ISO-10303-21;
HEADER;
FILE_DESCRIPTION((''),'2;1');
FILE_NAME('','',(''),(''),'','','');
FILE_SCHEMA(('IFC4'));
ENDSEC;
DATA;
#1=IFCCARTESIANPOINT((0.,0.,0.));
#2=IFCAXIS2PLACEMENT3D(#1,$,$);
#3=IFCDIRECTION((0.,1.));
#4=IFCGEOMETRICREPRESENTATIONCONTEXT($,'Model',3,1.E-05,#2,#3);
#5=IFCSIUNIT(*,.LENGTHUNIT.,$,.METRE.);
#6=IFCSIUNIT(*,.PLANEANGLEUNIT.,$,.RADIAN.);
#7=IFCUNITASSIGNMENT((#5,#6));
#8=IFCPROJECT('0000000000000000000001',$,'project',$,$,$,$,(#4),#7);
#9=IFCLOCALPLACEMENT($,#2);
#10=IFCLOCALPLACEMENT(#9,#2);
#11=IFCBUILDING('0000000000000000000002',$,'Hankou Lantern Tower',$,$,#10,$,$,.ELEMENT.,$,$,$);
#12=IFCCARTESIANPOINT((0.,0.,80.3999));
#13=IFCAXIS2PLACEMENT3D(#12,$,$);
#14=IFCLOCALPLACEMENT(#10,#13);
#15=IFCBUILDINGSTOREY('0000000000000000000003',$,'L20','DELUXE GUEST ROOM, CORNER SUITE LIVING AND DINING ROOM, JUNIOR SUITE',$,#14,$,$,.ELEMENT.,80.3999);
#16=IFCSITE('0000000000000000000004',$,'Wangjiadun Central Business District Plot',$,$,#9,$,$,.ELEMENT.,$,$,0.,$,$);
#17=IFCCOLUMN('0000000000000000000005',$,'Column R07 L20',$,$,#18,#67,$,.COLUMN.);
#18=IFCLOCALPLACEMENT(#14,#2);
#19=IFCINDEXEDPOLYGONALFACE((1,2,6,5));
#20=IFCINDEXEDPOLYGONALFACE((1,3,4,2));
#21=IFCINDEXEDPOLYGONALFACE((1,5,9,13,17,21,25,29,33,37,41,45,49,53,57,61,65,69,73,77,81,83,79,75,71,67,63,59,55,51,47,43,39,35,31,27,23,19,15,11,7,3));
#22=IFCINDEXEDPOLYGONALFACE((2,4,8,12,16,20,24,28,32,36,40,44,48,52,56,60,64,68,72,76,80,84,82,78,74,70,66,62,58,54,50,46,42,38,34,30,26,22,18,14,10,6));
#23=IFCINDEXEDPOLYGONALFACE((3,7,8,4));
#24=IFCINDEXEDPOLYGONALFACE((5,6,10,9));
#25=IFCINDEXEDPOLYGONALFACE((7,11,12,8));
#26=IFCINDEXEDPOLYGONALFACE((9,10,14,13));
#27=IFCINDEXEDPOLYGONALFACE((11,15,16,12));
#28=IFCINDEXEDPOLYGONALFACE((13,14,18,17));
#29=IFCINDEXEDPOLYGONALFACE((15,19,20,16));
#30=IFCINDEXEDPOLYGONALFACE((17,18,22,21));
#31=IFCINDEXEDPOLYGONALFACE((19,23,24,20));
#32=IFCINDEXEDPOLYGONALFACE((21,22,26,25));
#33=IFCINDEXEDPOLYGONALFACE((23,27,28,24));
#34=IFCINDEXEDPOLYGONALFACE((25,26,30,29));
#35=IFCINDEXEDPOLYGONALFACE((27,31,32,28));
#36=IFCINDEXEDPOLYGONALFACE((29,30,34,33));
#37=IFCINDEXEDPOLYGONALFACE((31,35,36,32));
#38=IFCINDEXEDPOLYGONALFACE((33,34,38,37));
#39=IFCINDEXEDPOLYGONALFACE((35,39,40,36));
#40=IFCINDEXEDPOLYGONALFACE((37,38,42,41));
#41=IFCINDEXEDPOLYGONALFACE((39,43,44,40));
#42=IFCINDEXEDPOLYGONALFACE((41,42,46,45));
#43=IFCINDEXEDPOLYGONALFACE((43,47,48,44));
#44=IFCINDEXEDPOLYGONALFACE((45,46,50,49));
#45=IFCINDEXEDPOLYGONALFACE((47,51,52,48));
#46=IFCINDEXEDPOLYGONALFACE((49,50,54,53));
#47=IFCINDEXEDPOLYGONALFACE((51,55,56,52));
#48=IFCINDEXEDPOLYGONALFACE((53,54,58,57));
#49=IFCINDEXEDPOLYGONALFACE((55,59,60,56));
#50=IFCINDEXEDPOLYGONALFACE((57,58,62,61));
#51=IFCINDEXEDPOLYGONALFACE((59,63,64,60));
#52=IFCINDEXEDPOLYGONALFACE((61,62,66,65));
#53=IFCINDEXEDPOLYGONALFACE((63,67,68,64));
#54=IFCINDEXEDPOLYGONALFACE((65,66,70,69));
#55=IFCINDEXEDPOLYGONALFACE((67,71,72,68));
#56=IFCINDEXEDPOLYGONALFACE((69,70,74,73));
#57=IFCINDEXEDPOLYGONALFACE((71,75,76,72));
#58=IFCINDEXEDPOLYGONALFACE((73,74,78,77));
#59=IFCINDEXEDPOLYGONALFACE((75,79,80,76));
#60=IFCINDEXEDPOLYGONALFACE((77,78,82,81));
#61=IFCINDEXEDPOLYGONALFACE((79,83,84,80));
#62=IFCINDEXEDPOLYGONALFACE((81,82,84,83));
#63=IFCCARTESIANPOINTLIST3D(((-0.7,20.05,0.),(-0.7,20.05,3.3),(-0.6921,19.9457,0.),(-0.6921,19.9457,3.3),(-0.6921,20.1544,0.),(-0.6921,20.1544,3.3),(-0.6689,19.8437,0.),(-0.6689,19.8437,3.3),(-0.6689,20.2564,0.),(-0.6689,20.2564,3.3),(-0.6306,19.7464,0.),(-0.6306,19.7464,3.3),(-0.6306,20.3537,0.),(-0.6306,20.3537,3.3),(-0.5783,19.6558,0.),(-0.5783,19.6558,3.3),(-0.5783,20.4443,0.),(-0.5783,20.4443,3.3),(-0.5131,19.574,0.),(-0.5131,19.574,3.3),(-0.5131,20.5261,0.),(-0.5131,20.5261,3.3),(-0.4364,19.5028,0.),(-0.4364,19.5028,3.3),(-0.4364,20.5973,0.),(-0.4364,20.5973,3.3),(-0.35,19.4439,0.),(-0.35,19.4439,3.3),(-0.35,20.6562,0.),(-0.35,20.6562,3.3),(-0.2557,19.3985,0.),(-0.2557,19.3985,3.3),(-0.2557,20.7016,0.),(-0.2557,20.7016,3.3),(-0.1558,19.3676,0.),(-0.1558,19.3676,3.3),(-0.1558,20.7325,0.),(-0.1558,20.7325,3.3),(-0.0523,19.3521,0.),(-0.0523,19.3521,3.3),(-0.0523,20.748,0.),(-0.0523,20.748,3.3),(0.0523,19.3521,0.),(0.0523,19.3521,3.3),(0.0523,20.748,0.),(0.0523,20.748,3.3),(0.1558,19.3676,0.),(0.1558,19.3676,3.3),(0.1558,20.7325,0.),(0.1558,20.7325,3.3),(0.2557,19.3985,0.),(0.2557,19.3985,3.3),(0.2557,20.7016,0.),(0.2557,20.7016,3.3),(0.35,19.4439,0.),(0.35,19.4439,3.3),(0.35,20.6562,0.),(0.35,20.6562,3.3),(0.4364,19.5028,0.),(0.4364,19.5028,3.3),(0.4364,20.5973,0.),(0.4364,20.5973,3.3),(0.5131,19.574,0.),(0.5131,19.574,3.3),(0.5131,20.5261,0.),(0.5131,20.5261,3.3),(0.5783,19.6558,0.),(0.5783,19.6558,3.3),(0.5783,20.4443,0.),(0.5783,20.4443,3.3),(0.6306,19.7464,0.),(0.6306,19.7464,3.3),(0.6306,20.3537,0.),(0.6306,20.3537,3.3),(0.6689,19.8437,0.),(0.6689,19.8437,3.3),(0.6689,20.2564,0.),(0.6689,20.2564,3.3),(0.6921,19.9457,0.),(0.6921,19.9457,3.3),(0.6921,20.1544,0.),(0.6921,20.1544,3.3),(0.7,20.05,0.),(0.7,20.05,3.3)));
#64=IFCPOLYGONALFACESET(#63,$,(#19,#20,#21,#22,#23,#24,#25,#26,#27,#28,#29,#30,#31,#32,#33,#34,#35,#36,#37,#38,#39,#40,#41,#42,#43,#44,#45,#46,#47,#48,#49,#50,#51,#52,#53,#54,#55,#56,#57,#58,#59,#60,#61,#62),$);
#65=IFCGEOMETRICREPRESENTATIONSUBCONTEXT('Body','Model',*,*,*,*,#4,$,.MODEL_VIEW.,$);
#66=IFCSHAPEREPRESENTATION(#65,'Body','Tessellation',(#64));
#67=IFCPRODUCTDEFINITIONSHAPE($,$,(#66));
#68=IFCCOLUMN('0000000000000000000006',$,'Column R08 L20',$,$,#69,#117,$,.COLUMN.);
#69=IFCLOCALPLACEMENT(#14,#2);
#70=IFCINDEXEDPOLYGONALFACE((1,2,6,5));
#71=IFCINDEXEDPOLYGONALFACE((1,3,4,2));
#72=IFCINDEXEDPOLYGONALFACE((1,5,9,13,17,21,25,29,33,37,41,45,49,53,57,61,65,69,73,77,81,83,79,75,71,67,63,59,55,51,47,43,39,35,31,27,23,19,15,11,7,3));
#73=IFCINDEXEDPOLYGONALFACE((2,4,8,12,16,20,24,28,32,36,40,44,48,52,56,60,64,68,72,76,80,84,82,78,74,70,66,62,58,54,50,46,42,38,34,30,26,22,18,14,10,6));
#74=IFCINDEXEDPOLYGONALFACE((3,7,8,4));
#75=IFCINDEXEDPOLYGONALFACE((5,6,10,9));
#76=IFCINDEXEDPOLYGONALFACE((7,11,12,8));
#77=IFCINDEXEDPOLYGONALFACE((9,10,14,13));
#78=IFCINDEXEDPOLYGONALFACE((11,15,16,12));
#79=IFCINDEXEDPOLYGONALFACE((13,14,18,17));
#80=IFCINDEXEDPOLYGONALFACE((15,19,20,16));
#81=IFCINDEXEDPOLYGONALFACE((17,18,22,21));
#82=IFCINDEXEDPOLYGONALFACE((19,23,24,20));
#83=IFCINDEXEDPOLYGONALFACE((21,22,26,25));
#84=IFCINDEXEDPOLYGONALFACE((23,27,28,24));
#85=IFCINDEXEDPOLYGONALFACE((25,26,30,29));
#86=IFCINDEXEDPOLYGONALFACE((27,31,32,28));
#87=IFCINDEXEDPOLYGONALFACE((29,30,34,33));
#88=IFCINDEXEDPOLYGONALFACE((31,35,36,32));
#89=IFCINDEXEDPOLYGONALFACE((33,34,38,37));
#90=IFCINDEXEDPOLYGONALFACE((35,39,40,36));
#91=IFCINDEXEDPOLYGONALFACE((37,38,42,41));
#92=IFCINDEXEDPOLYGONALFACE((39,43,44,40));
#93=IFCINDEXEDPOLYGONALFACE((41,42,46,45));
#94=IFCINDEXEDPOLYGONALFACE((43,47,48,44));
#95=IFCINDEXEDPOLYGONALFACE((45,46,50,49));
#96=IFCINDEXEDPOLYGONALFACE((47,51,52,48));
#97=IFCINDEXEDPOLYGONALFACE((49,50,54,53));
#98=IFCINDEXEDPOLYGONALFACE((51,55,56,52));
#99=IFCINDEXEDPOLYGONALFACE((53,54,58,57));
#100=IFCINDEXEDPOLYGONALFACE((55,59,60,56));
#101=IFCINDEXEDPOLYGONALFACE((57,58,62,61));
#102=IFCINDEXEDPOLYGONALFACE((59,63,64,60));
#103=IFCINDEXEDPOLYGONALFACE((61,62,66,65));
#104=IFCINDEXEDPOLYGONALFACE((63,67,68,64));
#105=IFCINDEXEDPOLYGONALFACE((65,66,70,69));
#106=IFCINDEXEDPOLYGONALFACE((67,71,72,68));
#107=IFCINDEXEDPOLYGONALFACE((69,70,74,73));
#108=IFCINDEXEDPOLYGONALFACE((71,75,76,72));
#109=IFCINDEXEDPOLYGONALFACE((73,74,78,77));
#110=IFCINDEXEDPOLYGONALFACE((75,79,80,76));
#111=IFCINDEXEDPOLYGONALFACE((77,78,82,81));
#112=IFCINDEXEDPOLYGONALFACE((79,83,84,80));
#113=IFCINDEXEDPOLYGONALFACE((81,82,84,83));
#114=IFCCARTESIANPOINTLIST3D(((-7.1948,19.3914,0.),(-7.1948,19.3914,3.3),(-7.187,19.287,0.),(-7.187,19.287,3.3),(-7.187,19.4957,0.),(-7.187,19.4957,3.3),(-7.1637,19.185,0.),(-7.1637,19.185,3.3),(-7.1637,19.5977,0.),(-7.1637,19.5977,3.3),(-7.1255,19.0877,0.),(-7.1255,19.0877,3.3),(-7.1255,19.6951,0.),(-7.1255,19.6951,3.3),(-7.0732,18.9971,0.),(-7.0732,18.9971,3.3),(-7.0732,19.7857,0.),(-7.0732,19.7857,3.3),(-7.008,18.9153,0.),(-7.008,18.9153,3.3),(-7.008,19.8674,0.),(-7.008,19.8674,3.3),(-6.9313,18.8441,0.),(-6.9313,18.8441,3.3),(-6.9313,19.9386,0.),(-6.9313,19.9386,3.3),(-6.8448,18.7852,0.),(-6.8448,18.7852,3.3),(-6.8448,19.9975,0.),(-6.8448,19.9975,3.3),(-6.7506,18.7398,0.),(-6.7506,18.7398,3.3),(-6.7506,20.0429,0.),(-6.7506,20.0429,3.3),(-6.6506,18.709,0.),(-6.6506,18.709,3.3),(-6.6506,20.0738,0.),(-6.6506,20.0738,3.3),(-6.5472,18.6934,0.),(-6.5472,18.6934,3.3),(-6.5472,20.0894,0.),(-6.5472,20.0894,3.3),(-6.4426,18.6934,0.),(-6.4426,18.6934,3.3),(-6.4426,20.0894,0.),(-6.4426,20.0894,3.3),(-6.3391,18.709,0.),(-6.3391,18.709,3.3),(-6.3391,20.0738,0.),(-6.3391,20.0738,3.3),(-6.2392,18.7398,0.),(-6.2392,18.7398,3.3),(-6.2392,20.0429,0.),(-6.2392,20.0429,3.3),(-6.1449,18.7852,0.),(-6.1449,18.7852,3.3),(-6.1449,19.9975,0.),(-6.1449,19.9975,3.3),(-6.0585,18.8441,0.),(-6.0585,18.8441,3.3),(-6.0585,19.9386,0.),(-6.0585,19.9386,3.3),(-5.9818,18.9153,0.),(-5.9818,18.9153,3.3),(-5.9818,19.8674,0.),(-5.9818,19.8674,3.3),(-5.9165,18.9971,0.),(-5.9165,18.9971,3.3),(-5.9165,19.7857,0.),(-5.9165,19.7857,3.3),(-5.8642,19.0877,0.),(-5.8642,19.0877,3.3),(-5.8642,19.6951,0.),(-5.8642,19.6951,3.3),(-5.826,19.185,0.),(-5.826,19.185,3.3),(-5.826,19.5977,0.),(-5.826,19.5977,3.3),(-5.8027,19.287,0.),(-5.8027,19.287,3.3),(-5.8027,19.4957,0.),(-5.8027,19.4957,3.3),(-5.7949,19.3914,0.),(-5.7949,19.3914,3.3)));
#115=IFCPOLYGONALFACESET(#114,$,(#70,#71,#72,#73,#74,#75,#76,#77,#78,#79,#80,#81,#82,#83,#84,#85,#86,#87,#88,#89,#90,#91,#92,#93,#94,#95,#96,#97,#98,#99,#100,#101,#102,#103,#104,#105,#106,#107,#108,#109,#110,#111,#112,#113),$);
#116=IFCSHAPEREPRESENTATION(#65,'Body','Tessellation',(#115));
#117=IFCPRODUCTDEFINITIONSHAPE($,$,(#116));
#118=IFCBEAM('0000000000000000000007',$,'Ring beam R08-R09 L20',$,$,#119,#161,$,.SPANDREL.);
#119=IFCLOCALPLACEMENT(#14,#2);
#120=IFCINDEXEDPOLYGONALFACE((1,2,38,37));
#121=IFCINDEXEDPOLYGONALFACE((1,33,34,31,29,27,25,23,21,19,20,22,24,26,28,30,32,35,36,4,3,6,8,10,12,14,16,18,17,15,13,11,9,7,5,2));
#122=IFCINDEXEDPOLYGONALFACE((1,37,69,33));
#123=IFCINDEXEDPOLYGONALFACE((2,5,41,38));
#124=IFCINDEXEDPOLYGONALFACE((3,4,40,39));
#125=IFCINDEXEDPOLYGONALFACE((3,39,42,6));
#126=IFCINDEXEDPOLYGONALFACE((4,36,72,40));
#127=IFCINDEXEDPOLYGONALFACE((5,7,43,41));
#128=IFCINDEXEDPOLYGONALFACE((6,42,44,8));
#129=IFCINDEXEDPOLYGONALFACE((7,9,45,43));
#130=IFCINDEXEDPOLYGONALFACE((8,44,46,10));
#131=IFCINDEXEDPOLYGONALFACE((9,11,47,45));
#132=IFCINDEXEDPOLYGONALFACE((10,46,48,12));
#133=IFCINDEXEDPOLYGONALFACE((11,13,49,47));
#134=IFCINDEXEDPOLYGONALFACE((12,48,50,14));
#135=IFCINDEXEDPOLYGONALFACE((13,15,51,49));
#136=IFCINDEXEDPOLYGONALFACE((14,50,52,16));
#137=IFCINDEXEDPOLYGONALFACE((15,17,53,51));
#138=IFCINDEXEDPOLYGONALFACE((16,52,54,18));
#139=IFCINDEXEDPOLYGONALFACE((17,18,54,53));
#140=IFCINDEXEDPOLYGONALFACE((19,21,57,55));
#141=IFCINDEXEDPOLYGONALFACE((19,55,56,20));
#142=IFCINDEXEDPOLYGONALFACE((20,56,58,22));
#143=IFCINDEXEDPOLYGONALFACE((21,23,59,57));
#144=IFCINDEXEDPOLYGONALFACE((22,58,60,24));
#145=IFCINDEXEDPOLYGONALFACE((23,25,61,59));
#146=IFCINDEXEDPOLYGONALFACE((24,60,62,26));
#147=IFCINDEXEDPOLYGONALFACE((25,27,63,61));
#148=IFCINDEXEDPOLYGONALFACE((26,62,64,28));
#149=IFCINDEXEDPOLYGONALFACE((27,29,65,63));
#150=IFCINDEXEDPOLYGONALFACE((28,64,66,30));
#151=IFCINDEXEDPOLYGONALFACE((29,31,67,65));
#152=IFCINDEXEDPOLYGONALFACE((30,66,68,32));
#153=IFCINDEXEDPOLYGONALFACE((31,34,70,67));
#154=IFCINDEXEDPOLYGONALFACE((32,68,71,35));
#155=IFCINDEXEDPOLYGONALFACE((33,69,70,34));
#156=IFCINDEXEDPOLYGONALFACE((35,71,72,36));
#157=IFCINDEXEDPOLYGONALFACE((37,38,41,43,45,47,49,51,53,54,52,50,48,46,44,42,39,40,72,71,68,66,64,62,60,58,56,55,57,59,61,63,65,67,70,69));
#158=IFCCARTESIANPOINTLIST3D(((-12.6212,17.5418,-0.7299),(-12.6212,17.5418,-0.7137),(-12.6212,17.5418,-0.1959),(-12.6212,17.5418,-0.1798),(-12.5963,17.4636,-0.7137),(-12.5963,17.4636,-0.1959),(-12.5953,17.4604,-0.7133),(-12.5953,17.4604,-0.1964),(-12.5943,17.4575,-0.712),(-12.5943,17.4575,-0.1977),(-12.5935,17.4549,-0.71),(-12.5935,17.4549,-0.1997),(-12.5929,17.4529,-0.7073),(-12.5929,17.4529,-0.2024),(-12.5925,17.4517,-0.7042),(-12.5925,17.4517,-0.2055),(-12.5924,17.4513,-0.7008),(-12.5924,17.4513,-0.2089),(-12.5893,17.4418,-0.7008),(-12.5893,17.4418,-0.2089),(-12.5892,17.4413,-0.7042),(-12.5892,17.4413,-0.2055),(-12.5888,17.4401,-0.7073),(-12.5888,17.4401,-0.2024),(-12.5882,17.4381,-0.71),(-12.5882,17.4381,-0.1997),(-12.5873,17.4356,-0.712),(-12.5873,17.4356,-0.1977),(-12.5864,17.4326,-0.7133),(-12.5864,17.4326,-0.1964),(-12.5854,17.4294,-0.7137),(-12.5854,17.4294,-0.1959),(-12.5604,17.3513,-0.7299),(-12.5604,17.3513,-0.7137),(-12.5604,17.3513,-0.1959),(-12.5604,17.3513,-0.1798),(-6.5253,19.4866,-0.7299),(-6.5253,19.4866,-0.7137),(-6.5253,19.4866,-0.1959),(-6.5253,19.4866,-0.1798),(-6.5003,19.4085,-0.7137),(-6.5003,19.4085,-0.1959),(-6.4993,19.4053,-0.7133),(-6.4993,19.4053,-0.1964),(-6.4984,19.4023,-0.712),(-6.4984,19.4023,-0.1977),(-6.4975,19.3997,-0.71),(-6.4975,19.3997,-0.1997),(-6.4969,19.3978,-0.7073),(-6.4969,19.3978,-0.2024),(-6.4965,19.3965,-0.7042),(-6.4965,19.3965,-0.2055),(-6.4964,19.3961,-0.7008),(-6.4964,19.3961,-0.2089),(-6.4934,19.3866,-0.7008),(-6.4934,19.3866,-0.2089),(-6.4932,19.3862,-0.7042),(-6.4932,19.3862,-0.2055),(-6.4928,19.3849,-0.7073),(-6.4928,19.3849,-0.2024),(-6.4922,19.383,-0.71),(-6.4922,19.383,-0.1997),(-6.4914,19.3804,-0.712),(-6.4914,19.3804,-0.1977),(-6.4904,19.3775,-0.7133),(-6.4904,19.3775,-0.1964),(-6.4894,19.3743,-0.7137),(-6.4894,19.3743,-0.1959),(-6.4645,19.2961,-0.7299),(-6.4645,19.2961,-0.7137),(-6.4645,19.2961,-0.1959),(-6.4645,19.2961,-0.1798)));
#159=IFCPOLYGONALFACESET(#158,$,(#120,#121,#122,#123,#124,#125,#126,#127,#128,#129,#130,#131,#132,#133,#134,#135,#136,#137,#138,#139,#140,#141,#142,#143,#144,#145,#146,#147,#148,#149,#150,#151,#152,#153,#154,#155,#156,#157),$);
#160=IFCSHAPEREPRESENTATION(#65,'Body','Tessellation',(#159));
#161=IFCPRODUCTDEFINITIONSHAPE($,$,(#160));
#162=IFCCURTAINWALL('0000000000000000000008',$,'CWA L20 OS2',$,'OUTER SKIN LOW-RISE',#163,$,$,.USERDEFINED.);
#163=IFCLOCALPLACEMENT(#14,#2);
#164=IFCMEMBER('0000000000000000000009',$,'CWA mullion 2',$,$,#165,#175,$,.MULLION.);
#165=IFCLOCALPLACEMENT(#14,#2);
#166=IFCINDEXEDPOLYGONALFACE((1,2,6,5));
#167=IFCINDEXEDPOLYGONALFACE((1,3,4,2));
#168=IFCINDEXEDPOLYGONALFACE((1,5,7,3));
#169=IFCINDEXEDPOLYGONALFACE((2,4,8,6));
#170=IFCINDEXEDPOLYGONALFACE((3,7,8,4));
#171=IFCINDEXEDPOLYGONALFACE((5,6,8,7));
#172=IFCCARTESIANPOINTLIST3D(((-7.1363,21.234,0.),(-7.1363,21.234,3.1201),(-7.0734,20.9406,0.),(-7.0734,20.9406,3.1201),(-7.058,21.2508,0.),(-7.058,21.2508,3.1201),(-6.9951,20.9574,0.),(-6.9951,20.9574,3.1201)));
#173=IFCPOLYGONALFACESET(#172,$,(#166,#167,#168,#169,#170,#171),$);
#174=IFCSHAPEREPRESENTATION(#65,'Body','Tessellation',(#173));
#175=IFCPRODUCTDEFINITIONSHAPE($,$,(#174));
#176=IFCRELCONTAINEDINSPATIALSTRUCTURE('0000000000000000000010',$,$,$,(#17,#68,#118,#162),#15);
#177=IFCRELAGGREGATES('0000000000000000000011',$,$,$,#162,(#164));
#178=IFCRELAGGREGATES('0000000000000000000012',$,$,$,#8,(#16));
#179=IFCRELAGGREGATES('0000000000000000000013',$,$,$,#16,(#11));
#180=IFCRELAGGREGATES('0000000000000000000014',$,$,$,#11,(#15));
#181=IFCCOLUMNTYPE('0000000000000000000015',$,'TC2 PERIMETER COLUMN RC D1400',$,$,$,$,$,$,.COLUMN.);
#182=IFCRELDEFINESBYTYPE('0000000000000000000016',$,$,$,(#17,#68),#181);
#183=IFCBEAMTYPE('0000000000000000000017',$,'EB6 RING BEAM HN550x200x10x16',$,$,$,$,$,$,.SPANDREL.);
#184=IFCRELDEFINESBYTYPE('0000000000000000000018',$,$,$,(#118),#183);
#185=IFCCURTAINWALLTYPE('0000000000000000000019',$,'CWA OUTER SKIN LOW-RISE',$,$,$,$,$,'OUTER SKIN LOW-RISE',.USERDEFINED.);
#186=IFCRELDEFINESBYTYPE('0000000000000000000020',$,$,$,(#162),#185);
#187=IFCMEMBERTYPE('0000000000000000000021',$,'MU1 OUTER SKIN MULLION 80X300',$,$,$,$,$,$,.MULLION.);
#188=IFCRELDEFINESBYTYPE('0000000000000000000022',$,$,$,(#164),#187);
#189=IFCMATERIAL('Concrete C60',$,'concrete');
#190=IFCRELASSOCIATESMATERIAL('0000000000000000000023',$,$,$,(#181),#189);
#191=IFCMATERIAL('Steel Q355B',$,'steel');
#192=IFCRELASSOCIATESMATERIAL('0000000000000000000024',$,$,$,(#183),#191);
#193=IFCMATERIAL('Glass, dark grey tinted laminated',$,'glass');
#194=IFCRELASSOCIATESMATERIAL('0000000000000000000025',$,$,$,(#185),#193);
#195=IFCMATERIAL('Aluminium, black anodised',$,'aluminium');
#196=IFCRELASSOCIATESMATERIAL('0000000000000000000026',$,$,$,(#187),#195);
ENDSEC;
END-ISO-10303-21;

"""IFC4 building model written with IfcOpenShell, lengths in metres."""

from ifc_helpers import new_model, si_unit, direction, frame, origin, origin_2d, place, context, subcontext, project, spatial, rectangle, circle, i_section, extrude, material, material_profile, profile_set, type_object, element, aggregate, save


model = new_model("IFC4")

# Units and contexts
model_context = context("Model", 3, precision=1e-05, world=origin(), true_north=direction((0.0, 1.0)))
body_context = subcontext(model_context, "Body", "Model", "MODEL_VIEW")
ifc_project = project(units=[si_unit("LENGTHUNIT", "METRE"), si_unit("PLANEANGLEUNIT", "RADIAN")], contexts=[model_context])

# Site, building, storey
site_placement = place(None, origin())
site = spatial("IfcSite", under=ifc_project, at=site_placement, Name="Wangjiadun Central Business District Plot", CompositionType="ELEMENT", RefElevation=0.0)
building_placement = place(site_placement, origin())
building = spatial("IfcBuilding", under=site, at=building_placement, Name="Hankou Lantern Tower", CompositionType="ELEMENT")
storey_placement = place(building_placement, frame((0.0, 0.0, 80.3999)))
storey = spatial("IfcBuildingStorey", under=building, at=storey_placement, Name="L20", Description="DELUXE GUEST ROOM, CORNER SUITE LIVING AND DINING ROOM, JUNIOR SUITE", CompositionType="ELEMENT", Elevation=80.3999)

# Columns
ifc_material_1 = material(Name="Concrete C60", Category="concrete")
ifc_material_profile_1 = material_profile(ifc_material_1, circle(Radius=0.7, at=origin_2d()), Name="RC D1400")
ifc_profile_set_1 = profile_set([ifc_material_profile_1], Name="Concrete C60")
column_type = type_object("IfcColumnType", Name="TC2 PERIMETER COLUMN RC D1400", PredefinedType="COLUMN", material=ifc_profile_set_1)
for number, where, z_axis, x_axis, name in (
    (1, (0.0, 20.05, 0.0), (0.0, 0.0, 1.0), (1.0, 0.0, 0.0), "Column R07 L20"),
    (2, (-6.4949, 19.3914, 0.0), (0.0, 0.0, 1.0), (1.0, 0.0, 0.0), "Column R08 L20"),
):
    element("IfcColumn", number, at=place(storey_placement, frame(where, z_axis=z_axis, x_axis=x_axis)), inside=storey, type_object=column_type, Name=name, PredefinedType="COLUMN", context=body_context, shape_type="SweptSolid", body=[
        extrude(circle(Radius=0.7, at=origin_2d()), origin(), (0.0, 0.0, 1.0), 3.3),
    ])

# Beam
ifc_material_2 = material(Name="Steel Q355B", Category="steel")
ifc_material_profile_2 = material_profile(ifc_material_2, i_section(OverallWidth=0.2, OverallDepth=0.55, WebThickness=0.01, FlangeThickness=0.0161, FilletRadius=0.0129, at=origin_2d()), Name="HN550x200x10x16")
ifc_profile_set_2 = profile_set([ifc_material_profile_2], Name="Steel Q355B")
beam_type_1 = type_object("IfcBeamType", Name="EB6 RING BEAM HN550x200x10x16", PredefinedType="SPANDREL", material=ifc_profile_set_2)
beam_1_placement = place(storey_placement, frame((-6.4949, 19.3914, -0.4548), z_axis=(-0.95269, -0.303942, 0.0), x_axis=(0.303942, -0.95269, 0.0)))
element("IfcBeam", 3, at=beam_1_placement, inside=storey, type_object=beam_type_1, Name="Ring beam R08-R09 L20", PredefinedType="SPANDREL", context=body_context, shape_type="SweptSolid", body=[
    extrude(i_section(OverallWidth=0.2, OverallDepth=0.55, WebThickness=0.01, FlangeThickness=0.0161, FilletRadius=0.0129, at=origin_2d()), origin(), (0.0, 0.0, 1.0), 6.3987),
])

# Curtain wall, member
ifc_material_3 = material(Name="Glass, dark grey tinted laminated", Category="glass")
curtain_wall_type = type_object("IfcCurtainWallType", Name="CWA OUTER SKIN LOW-RISE", ElementType="OUTER SKIN LOW-RISE", PredefinedType="USERDEFINED", material=ifc_material_3)
curtain_wall_placement = place(storey_placement, origin())
curtain_wall = element("IfcCurtainWall", 4, at=curtain_wall_placement, inside=storey, type_object=curtain_wall_type, Name="CWA L20 OS2", ObjectType="OUTER SKIN LOW-RISE", PredefinedType="USERDEFINED")
ifc_material_4 = material(Name="Aluminium, black anodised", Category="aluminium")
ifc_material_profile_3 = material_profile(ifc_material_4, rectangle(XDim=0.0801, YDim=0.3, at=origin_2d()), Name="MU1 80X300")
ifc_profile_set_3 = profile_set([ifc_material_profile_3], Name="Aluminium, black anodised")
member_type_1 = type_object("IfcMemberType", Name="MU1 OUTER SKIN MULLION 80X300", PredefinedType="MULLION", material=ifc_profile_set_3)
member_1_placement = place(storey_placement, frame((-7.0657, 21.0957, 0.0), z_axis=(0.0, 0.0, 1.0), x_axis=(-0.977788, -0.209598, 0.0)))
member_1 = element("IfcMember", 5, at=member_1_placement, type_object=member_type_1, Name="CWA mullion 2", PredefinedType="MULLION", context=body_context, shape_type="SweptSolid", body=[
    extrude(rectangle(XDim=0.0801, YDim=0.3, at=origin_2d()), origin(), (0.0, 0.0, 1.0), 3.1201),
])

aggregate(curtain_wall, [member_1])

save(model, "model.ifc")
